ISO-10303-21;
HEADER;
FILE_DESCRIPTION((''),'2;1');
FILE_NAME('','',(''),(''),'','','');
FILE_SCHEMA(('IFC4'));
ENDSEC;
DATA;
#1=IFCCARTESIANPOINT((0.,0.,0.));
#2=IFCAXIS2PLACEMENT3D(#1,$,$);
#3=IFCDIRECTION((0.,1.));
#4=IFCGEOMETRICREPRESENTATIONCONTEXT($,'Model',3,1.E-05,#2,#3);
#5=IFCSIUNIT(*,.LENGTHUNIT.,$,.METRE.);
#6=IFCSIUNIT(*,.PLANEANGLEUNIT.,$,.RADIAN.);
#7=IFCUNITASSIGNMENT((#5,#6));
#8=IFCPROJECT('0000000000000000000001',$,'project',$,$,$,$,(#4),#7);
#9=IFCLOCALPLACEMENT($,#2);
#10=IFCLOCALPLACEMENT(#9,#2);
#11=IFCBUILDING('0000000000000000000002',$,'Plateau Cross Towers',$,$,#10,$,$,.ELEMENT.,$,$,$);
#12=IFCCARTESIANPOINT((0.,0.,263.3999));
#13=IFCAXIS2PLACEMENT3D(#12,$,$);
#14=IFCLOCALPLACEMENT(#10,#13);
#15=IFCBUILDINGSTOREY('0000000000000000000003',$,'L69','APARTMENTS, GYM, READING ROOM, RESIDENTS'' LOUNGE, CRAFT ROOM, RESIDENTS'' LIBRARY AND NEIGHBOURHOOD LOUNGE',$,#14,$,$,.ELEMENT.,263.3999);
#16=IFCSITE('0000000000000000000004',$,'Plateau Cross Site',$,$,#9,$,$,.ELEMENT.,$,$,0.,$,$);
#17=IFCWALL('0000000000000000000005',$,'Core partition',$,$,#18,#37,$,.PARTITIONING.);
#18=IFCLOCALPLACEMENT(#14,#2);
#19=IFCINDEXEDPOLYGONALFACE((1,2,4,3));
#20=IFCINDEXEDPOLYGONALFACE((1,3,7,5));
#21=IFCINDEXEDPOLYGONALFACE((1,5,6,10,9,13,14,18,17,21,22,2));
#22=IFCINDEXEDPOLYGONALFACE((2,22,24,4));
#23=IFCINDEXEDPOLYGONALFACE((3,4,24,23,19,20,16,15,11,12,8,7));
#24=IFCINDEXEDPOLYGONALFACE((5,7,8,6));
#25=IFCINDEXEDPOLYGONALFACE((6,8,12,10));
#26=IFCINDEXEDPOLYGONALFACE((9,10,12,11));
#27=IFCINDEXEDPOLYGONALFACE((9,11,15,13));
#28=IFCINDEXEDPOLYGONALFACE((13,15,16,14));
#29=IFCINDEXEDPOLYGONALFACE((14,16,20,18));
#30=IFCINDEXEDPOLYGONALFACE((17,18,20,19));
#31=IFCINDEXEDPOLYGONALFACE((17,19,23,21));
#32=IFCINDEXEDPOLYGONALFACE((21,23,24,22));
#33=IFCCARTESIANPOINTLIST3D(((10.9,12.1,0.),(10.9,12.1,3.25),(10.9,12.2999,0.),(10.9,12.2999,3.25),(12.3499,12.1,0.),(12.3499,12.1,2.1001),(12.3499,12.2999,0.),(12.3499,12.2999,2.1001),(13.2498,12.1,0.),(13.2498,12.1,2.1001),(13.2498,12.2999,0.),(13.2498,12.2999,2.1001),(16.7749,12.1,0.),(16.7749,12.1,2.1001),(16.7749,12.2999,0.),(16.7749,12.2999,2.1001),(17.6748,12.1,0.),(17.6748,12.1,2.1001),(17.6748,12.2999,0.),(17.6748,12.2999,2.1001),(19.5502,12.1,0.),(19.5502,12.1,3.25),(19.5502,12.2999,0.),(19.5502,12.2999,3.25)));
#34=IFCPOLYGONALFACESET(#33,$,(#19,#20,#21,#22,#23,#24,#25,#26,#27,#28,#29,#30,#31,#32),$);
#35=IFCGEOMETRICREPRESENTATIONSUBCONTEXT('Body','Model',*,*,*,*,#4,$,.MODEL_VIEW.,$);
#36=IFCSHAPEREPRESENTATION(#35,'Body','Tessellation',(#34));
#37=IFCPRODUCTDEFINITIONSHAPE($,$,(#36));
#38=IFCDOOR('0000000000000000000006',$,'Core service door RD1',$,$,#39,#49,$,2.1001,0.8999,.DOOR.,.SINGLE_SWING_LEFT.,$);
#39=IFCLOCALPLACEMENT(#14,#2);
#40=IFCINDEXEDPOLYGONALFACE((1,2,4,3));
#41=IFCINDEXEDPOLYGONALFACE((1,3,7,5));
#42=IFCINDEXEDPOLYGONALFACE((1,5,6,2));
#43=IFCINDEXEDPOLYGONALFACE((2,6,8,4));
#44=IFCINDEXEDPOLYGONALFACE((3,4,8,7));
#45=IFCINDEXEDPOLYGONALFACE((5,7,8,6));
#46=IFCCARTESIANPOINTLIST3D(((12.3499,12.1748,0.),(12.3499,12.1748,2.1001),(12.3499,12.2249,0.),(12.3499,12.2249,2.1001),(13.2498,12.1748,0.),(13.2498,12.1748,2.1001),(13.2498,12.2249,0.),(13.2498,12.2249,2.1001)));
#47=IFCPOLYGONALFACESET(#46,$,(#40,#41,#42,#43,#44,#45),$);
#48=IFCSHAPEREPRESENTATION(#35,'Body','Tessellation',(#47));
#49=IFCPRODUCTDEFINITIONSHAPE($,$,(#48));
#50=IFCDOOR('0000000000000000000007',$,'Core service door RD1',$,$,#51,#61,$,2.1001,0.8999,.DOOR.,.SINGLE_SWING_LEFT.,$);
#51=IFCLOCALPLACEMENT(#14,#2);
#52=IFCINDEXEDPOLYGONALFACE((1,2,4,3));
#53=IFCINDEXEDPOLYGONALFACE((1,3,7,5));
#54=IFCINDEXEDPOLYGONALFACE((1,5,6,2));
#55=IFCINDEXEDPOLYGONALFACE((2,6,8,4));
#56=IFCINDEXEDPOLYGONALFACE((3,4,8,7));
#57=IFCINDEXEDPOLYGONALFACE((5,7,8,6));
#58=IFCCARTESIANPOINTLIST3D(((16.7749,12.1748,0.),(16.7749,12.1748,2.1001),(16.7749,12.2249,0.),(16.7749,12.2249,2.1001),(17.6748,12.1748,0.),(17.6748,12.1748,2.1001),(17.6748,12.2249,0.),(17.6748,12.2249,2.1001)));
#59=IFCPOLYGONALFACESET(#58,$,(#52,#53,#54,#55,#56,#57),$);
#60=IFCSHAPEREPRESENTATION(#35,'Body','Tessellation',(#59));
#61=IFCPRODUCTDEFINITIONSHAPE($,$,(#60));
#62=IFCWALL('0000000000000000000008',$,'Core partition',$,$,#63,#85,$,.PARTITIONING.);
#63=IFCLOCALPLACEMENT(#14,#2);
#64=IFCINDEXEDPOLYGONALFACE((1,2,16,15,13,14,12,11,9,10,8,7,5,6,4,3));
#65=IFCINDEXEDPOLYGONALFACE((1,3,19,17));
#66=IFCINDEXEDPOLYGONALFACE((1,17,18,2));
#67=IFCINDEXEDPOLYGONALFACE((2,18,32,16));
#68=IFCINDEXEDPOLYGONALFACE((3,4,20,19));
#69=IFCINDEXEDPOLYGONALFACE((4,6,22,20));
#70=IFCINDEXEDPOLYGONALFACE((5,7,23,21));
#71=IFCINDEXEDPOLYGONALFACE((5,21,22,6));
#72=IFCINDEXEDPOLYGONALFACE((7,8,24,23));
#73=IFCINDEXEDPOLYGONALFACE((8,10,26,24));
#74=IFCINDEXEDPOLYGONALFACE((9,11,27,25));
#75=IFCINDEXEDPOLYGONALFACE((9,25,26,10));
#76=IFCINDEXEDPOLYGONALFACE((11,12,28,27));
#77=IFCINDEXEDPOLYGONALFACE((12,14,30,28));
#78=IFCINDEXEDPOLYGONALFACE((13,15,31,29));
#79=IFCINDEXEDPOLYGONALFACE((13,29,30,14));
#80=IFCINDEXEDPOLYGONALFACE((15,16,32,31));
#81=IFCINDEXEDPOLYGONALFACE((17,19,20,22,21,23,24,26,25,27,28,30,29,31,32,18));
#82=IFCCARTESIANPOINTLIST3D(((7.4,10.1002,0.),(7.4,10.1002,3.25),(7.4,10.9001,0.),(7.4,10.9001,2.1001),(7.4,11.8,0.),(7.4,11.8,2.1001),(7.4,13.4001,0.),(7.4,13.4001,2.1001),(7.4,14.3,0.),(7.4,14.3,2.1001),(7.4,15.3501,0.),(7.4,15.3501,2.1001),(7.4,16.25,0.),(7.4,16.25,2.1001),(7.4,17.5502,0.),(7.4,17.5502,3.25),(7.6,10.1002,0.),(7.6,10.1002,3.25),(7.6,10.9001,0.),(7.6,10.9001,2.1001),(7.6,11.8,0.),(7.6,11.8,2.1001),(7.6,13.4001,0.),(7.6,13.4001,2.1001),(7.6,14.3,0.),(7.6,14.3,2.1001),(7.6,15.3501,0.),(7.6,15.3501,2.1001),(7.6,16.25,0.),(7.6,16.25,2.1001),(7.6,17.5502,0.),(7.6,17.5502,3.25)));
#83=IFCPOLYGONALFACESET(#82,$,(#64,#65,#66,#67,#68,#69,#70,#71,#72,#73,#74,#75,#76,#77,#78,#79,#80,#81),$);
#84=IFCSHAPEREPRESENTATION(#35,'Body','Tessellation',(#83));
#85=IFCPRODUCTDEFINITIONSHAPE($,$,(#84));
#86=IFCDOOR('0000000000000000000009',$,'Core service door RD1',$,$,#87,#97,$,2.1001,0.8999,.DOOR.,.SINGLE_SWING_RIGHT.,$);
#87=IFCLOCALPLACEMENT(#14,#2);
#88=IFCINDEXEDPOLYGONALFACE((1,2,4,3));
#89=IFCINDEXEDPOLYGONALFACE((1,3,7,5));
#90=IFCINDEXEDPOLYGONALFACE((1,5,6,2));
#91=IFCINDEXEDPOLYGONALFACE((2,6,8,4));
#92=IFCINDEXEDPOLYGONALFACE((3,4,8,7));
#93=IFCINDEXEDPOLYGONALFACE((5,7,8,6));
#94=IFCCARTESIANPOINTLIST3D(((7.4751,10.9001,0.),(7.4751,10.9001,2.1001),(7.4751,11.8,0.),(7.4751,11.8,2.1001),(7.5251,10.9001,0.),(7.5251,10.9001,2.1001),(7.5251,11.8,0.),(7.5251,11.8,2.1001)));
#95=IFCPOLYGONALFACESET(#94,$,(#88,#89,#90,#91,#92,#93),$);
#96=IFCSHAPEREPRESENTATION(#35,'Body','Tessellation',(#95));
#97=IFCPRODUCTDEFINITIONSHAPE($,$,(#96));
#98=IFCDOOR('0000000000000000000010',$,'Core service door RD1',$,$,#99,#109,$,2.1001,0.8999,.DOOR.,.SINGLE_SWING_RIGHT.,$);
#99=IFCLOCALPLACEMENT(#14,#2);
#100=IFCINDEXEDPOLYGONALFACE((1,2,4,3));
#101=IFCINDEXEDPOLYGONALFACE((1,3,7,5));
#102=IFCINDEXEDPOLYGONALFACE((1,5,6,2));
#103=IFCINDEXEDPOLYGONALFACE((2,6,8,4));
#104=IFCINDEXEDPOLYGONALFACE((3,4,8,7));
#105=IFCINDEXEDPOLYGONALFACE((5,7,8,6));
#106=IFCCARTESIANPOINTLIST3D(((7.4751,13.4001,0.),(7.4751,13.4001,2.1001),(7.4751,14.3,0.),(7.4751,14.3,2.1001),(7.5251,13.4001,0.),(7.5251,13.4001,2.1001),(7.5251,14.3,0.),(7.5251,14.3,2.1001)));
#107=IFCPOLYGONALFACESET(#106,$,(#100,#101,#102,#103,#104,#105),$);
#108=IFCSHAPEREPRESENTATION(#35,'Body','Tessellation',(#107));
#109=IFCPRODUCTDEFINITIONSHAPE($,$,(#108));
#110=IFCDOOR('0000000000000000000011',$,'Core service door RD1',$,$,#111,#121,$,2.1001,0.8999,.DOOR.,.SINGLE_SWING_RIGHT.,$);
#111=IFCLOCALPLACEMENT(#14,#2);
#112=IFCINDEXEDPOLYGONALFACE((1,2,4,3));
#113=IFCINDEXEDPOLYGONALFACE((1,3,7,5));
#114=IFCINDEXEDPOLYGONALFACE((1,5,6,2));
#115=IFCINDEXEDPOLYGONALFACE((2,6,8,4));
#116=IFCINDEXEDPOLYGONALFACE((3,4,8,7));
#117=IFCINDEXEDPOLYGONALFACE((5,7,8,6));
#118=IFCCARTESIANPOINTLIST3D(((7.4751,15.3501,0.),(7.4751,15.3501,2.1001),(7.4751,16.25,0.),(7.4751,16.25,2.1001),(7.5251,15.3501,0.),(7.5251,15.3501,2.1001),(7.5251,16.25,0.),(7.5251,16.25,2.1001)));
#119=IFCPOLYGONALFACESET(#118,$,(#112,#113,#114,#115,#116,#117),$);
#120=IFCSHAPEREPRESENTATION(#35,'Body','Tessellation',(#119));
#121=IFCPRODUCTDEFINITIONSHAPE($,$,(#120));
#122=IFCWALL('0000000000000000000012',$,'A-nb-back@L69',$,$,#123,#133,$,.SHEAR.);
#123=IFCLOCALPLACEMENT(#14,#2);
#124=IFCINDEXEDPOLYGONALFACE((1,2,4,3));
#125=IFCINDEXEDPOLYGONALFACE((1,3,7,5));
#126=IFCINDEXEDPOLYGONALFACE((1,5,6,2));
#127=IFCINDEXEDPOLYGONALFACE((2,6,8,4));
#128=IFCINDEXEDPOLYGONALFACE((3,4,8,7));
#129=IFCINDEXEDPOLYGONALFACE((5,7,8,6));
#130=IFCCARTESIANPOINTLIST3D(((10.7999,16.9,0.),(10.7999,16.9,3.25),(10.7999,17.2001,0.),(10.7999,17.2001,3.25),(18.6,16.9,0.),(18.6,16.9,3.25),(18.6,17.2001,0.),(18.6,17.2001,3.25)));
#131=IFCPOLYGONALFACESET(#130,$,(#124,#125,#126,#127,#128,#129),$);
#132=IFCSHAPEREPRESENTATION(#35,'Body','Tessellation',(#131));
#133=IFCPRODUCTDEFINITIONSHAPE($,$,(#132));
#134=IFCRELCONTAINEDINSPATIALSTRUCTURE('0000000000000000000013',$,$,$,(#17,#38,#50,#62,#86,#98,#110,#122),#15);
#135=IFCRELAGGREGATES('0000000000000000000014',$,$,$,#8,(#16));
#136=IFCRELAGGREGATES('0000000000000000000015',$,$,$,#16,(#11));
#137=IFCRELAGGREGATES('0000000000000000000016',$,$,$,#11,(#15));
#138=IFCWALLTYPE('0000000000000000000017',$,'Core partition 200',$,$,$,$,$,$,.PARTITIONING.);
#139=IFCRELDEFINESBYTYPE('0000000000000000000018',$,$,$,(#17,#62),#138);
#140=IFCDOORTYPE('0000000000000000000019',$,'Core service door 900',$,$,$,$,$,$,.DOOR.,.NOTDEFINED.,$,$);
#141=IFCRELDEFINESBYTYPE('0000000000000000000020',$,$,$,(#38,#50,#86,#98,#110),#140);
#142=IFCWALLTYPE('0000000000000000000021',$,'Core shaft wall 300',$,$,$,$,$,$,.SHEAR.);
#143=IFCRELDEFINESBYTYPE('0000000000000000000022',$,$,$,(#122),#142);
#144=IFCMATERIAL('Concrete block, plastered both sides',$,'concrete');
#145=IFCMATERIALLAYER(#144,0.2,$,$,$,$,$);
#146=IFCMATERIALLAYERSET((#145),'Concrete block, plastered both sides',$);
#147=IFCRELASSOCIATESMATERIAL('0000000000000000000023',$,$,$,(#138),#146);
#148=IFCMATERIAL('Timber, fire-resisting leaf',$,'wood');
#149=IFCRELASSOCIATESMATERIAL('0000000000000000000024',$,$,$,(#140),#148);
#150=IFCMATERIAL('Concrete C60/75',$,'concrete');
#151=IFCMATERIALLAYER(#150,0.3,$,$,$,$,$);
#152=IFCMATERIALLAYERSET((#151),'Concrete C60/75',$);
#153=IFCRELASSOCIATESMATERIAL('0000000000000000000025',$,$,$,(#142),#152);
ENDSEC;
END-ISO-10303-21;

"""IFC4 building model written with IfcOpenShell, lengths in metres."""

from ifc_helpers import new_model, si_unit, direction, frame, frame_2d, origin, place, context, subcontext, project, spatial, rectangle, extrude, material, layer, layer_set, type_object, element, fill, save


model = new_model("IFC4")

# Units and contexts
model_context = context("Model", 3, precision=1e-05, world=origin(), true_north=direction((0.0, 1.0)))
body_context = subcontext(model_context, "Body", "Model", "MODEL_VIEW")
ifc_project = project(units=[si_unit("LENGTHUNIT", "METRE"), si_unit("PLANEANGLEUNIT", "RADIAN")], contexts=[model_context])

# Site, building, storey
site_placement = place(None, origin())
site = spatial("IfcSite", under=ifc_project, at=site_placement, Name="Plateau Cross Site", CompositionType="ELEMENT", RefElevation=0.0)
building_placement = place(site_placement, origin())
building = spatial("IfcBuilding", under=site, at=building_placement, Name="Plateau Cross Towers", CompositionType="ELEMENT")
storey_placement = place(building_placement, frame((0.0, 0.0, 263.3999)))
storey = spatial("IfcBuildingStorey", under=building, at=storey_placement, Name="L69", Description="APARTMENTS, GYM, READING ROOM, RESIDENTS' LOUNGE, CRAFT ROOM, RESIDENTS' LIBRARY AND NEIGHBOURHOOD LOUNGE", CompositionType="ELEMENT", Elevation=263.3999)

# Shared definitions
ifc_material_1 = material(Name="Concrete block, plastered both sides", Category="concrete")
ifc_layer_1 = layer(ifc_material_1, 0.2)
ifc_layer_set_1 = layer_set([ifc_layer_1], Name="Concrete block, plastered both sides")
wall_type_1 = type_object("IfcWallType", Name="Core partition 200", PredefinedType="PARTITIONING", material=ifc_layer_set_1)

# Shared definitions
ifc_material_2 = material(Name="Timber, fire-resisting leaf", Category="wood")
door_type_1 = type_object("IfcDoorType", Name="Core service door 900", OperationType="NOTDEFINED", PredefinedType="DOOR", material=ifc_material_2)

# Walls, openings, doors
wall_1_placement = place(storey_placement, frame((10.8999, 12.2, 0.0), z_axis=(0.0, 0.0, 1.0), x_axis=(1.0, 0.0, 0.0)))
wall_1 = element("IfcWall", 1, at=wall_1_placement, inside=storey, type_object=wall_type_1, Name="Core partition", PredefinedType="PARTITIONING", context=body_context, shape_type="SweptSolid", body=[
    extrude(rectangle(XDim=8.6501, YDim=0.2, at=frame_2d((4.3252, 0.0))), origin(), (0.0, 0.0, 1.0), 3.25),
])
opening_1_placement = place(wall_1_placement, frame((1.45, 0.0, 0.0)))
opening_1 = element("IfcOpeningElement", 2, at=opening_1_placement, cuts=wall_1, PredefinedType="OPENING", context=body_context, shape_type="SweptSolid", body=[
    extrude(rectangle(XDim=0.8999, YDim=2.1001, at=frame_2d((0.45, 1.05))), frame((0.0, 0.1099, 0.0), z_axis=(0.0, -1.0, 0.0), x_axis=(1.0, 0.0, 0.0)), (0.0, 0.0, 1.0), 0.22),
])
opening_2_placement = place(wall_1_placement, frame((5.875, 0.0, 0.0)))
opening_2 = element("IfcOpeningElement", 3, at=opening_2_placement, cuts=wall_1, PredefinedType="OPENING", context=body_context, shape_type="SweptSolid", body=[
    extrude(rectangle(XDim=0.8999, YDim=2.1001, at=frame_2d((0.45, 1.05))), frame((0.0, 0.1099, 0.0), z_axis=(0.0, -1.0, 0.0), x_axis=(1.0, 0.0, 0.0)), (0.0, 0.0, 1.0), 0.22),
])
door_1_placement = place(opening_1_placement, origin())
door_1 = element("IfcDoor", 4, at=door_1_placement, inside=storey, type_object=door_type_1, Name="Core service door RD1", OperationType="SINGLE_SWING_LEFT", OverallHeight=2.1001, OverallWidth=0.8999, PredefinedType="DOOR", context=body_context, shape_type="SweptSolid", body=[
    extrude(rectangle(XDim=0.8999, YDim=2.1001, at=frame_2d((0.45, 1.05))), frame((0.0, 0.0249, 0.0), z_axis=(0.0, -1.0, 0.0), x_axis=(1.0, 0.0, 0.0)), (0.0, 0.0, 1.0), 0.05),
])
fill(opening_1, door_1)
door_2_placement = place(opening_2_placement, origin())
door_2 = element("IfcDoor", 5, at=door_2_placement, inside=storey, type_object=door_type_1, Name="Core service door RD1", OperationType="SINGLE_SWING_LEFT", OverallHeight=2.1001, OverallWidth=0.8999, PredefinedType="DOOR", context=body_context, shape_type="SweptSolid", body=[
    extrude(rectangle(XDim=0.8999, YDim=2.1001, at=frame_2d((0.45, 1.05))), frame((0.0, 0.0249, 0.0), z_axis=(0.0, -1.0, 0.0), x_axis=(1.0, 0.0, 0.0)), (0.0, 0.0, 1.0), 0.05),
])
fill(opening_2, door_2)
wall_2_placement = place(storey_placement, frame((7.5, 10.1001, 0.0), z_axis=(0.0, 0.0, 1.0), x_axis=(0.0, 1.0, 0.0)))
wall_2 = element("IfcWall", 6, at=wall_2_placement, inside=storey, type_object=wall_type_1, Name="Core partition", PredefinedType="PARTITIONING", context=body_context, shape_type="SweptSolid", body=[
    extrude(rectangle(XDim=7.45, YDim=0.2, at=frame_2d((3.7251, 0.0))), origin(), (0.0, 0.0, 1.0), 3.25),
])
opening_3_placement = place(wall_2_placement, frame((0.8, 0.0, 0.0)))
opening_3 = element("IfcOpeningElement", 7, at=opening_3_placement, cuts=wall_2, PredefinedType="OPENING", context=body_context, shape_type="SweptSolid", body=[
    extrude(rectangle(XDim=0.8999, YDim=2.1001, at=frame_2d((0.45, 1.05))), frame((0.0, 0.1099, 0.0), z_axis=(0.0, -1.0, 0.0), x_axis=(1.0, 0.0, 0.0)), (0.0, 0.0, 1.0), 0.22),
])
opening_4_placement = place(wall_2_placement, frame((3.3, 0.0, 0.0)))
opening_4 = element("IfcOpeningElement", 8, at=opening_4_placement, cuts=wall_2, PredefinedType="OPENING", context=body_context, shape_type="SweptSolid", body=[
    extrude(rectangle(XDim=0.8999, YDim=2.1001, at=frame_2d((0.45, 1.05))), frame((0.0, 0.1099, 0.0), z_axis=(0.0, -1.0, 0.0), x_axis=(1.0, 0.0, 0.0)), (0.0, 0.0, 1.0), 0.22),
])
opening_5_placement = place(wall_2_placement, frame((5.25, 0.0, 0.0)))
opening_5 = element("IfcOpeningElement", 9, at=opening_5_placement, cuts=wall_2, PredefinedType="OPENING", context=body_context, shape_type="SweptSolid", body=[
    extrude(rectangle(XDim=0.8999, YDim=2.1001, at=frame_2d((0.45, 1.05))), frame((0.0, 0.1099, 0.0), z_axis=(0.0, -1.0, 0.0), x_axis=(1.0, 0.0, 0.0)), (0.0, 0.0, 1.0), 0.22),
])
door_3_placement = place(opening_3_placement, origin())
door_3 = element("IfcDoor", 10, at=door_3_placement, inside=storey, type_object=door_type_1, Name="Core service door RD1", OperationType="SINGLE_SWING_RIGHT", OverallHeight=2.1001, OverallWidth=0.8999, PredefinedType="DOOR", context=body_context, shape_type="SweptSolid", body=[
    extrude(rectangle(XDim=0.8999, YDim=2.1001, at=frame_2d((0.45, 1.05))), frame((0.0, 0.0249, 0.0), z_axis=(0.0, -1.0, 0.0), x_axis=(1.0, 0.0, 0.0)), (0.0, 0.0, 1.0), 0.05),
])
fill(opening_3, door_3)
door_4_placement = place(opening_4_placement, origin())
door_4 = element("IfcDoor", 11, at=door_4_placement, inside=storey, type_object=door_type_1, Name="Core service door RD1", OperationType="SINGLE_SWING_RIGHT", OverallHeight=2.1001, OverallWidth=0.8999, PredefinedType="DOOR", context=body_context, shape_type="SweptSolid", body=[
    extrude(rectangle(XDim=0.8999, YDim=2.1001, at=frame_2d((0.45, 1.05))), frame((0.0, 0.0249, 0.0), z_axis=(0.0, -1.0, 0.0), x_axis=(1.0, 0.0, 0.0)), (0.0, 0.0, 1.0), 0.05),
])
fill(opening_4, door_4)
door_5_placement = place(opening_5_placement, origin())
door_5 = element("IfcDoor", 12, at=door_5_placement, inside=storey, type_object=door_type_1, Name="Core service door RD1", OperationType="SINGLE_SWING_RIGHT", OverallHeight=2.1001, OverallWidth=0.8999, PredefinedType="DOOR", context=body_context, shape_type="SweptSolid", body=[
    extrude(rectangle(XDim=0.8999, YDim=2.1001, at=frame_2d((0.45, 1.05))), frame((0.0, 0.0249, 0.0), z_axis=(0.0, -1.0, 0.0), x_axis=(1.0, 0.0, 0.0)), (0.0, 0.0, 1.0), 0.05),
])
fill(opening_5, door_5)

# Wall
ifc_material_3 = material(Name="Concrete C60/75", Category="concrete")
ifc_layer_2 = layer(ifc_material_3, 0.3)
ifc_layer_set_2 = layer_set([ifc_layer_2], Name="Concrete C60/75")
wall_type_2 = type_object("IfcWallType", Name="Core shaft wall 300", PredefinedType="SHEAR", material=ifc_layer_set_2)
wall_3_placement = place(storey_placement, frame((10.8, 17.05, 0.0), z_axis=(0.0, 0.0, 1.0), x_axis=(1.0, 0.0, 0.0)))
element("IfcWall", 13, at=wall_3_placement, inside=storey, type_object=wall_type_2, Name="A-nb-back@L69", PredefinedType="SHEAR", context=body_context, shape_type="SweptSolid", body=[
    extrude(rectangle(XDim=7.8, YDim=0.3, at=frame_2d((3.8999, 0.0))), origin(), (0.0, 0.0, 1.0), 3.25),
])

save(model, "model.ifc")
